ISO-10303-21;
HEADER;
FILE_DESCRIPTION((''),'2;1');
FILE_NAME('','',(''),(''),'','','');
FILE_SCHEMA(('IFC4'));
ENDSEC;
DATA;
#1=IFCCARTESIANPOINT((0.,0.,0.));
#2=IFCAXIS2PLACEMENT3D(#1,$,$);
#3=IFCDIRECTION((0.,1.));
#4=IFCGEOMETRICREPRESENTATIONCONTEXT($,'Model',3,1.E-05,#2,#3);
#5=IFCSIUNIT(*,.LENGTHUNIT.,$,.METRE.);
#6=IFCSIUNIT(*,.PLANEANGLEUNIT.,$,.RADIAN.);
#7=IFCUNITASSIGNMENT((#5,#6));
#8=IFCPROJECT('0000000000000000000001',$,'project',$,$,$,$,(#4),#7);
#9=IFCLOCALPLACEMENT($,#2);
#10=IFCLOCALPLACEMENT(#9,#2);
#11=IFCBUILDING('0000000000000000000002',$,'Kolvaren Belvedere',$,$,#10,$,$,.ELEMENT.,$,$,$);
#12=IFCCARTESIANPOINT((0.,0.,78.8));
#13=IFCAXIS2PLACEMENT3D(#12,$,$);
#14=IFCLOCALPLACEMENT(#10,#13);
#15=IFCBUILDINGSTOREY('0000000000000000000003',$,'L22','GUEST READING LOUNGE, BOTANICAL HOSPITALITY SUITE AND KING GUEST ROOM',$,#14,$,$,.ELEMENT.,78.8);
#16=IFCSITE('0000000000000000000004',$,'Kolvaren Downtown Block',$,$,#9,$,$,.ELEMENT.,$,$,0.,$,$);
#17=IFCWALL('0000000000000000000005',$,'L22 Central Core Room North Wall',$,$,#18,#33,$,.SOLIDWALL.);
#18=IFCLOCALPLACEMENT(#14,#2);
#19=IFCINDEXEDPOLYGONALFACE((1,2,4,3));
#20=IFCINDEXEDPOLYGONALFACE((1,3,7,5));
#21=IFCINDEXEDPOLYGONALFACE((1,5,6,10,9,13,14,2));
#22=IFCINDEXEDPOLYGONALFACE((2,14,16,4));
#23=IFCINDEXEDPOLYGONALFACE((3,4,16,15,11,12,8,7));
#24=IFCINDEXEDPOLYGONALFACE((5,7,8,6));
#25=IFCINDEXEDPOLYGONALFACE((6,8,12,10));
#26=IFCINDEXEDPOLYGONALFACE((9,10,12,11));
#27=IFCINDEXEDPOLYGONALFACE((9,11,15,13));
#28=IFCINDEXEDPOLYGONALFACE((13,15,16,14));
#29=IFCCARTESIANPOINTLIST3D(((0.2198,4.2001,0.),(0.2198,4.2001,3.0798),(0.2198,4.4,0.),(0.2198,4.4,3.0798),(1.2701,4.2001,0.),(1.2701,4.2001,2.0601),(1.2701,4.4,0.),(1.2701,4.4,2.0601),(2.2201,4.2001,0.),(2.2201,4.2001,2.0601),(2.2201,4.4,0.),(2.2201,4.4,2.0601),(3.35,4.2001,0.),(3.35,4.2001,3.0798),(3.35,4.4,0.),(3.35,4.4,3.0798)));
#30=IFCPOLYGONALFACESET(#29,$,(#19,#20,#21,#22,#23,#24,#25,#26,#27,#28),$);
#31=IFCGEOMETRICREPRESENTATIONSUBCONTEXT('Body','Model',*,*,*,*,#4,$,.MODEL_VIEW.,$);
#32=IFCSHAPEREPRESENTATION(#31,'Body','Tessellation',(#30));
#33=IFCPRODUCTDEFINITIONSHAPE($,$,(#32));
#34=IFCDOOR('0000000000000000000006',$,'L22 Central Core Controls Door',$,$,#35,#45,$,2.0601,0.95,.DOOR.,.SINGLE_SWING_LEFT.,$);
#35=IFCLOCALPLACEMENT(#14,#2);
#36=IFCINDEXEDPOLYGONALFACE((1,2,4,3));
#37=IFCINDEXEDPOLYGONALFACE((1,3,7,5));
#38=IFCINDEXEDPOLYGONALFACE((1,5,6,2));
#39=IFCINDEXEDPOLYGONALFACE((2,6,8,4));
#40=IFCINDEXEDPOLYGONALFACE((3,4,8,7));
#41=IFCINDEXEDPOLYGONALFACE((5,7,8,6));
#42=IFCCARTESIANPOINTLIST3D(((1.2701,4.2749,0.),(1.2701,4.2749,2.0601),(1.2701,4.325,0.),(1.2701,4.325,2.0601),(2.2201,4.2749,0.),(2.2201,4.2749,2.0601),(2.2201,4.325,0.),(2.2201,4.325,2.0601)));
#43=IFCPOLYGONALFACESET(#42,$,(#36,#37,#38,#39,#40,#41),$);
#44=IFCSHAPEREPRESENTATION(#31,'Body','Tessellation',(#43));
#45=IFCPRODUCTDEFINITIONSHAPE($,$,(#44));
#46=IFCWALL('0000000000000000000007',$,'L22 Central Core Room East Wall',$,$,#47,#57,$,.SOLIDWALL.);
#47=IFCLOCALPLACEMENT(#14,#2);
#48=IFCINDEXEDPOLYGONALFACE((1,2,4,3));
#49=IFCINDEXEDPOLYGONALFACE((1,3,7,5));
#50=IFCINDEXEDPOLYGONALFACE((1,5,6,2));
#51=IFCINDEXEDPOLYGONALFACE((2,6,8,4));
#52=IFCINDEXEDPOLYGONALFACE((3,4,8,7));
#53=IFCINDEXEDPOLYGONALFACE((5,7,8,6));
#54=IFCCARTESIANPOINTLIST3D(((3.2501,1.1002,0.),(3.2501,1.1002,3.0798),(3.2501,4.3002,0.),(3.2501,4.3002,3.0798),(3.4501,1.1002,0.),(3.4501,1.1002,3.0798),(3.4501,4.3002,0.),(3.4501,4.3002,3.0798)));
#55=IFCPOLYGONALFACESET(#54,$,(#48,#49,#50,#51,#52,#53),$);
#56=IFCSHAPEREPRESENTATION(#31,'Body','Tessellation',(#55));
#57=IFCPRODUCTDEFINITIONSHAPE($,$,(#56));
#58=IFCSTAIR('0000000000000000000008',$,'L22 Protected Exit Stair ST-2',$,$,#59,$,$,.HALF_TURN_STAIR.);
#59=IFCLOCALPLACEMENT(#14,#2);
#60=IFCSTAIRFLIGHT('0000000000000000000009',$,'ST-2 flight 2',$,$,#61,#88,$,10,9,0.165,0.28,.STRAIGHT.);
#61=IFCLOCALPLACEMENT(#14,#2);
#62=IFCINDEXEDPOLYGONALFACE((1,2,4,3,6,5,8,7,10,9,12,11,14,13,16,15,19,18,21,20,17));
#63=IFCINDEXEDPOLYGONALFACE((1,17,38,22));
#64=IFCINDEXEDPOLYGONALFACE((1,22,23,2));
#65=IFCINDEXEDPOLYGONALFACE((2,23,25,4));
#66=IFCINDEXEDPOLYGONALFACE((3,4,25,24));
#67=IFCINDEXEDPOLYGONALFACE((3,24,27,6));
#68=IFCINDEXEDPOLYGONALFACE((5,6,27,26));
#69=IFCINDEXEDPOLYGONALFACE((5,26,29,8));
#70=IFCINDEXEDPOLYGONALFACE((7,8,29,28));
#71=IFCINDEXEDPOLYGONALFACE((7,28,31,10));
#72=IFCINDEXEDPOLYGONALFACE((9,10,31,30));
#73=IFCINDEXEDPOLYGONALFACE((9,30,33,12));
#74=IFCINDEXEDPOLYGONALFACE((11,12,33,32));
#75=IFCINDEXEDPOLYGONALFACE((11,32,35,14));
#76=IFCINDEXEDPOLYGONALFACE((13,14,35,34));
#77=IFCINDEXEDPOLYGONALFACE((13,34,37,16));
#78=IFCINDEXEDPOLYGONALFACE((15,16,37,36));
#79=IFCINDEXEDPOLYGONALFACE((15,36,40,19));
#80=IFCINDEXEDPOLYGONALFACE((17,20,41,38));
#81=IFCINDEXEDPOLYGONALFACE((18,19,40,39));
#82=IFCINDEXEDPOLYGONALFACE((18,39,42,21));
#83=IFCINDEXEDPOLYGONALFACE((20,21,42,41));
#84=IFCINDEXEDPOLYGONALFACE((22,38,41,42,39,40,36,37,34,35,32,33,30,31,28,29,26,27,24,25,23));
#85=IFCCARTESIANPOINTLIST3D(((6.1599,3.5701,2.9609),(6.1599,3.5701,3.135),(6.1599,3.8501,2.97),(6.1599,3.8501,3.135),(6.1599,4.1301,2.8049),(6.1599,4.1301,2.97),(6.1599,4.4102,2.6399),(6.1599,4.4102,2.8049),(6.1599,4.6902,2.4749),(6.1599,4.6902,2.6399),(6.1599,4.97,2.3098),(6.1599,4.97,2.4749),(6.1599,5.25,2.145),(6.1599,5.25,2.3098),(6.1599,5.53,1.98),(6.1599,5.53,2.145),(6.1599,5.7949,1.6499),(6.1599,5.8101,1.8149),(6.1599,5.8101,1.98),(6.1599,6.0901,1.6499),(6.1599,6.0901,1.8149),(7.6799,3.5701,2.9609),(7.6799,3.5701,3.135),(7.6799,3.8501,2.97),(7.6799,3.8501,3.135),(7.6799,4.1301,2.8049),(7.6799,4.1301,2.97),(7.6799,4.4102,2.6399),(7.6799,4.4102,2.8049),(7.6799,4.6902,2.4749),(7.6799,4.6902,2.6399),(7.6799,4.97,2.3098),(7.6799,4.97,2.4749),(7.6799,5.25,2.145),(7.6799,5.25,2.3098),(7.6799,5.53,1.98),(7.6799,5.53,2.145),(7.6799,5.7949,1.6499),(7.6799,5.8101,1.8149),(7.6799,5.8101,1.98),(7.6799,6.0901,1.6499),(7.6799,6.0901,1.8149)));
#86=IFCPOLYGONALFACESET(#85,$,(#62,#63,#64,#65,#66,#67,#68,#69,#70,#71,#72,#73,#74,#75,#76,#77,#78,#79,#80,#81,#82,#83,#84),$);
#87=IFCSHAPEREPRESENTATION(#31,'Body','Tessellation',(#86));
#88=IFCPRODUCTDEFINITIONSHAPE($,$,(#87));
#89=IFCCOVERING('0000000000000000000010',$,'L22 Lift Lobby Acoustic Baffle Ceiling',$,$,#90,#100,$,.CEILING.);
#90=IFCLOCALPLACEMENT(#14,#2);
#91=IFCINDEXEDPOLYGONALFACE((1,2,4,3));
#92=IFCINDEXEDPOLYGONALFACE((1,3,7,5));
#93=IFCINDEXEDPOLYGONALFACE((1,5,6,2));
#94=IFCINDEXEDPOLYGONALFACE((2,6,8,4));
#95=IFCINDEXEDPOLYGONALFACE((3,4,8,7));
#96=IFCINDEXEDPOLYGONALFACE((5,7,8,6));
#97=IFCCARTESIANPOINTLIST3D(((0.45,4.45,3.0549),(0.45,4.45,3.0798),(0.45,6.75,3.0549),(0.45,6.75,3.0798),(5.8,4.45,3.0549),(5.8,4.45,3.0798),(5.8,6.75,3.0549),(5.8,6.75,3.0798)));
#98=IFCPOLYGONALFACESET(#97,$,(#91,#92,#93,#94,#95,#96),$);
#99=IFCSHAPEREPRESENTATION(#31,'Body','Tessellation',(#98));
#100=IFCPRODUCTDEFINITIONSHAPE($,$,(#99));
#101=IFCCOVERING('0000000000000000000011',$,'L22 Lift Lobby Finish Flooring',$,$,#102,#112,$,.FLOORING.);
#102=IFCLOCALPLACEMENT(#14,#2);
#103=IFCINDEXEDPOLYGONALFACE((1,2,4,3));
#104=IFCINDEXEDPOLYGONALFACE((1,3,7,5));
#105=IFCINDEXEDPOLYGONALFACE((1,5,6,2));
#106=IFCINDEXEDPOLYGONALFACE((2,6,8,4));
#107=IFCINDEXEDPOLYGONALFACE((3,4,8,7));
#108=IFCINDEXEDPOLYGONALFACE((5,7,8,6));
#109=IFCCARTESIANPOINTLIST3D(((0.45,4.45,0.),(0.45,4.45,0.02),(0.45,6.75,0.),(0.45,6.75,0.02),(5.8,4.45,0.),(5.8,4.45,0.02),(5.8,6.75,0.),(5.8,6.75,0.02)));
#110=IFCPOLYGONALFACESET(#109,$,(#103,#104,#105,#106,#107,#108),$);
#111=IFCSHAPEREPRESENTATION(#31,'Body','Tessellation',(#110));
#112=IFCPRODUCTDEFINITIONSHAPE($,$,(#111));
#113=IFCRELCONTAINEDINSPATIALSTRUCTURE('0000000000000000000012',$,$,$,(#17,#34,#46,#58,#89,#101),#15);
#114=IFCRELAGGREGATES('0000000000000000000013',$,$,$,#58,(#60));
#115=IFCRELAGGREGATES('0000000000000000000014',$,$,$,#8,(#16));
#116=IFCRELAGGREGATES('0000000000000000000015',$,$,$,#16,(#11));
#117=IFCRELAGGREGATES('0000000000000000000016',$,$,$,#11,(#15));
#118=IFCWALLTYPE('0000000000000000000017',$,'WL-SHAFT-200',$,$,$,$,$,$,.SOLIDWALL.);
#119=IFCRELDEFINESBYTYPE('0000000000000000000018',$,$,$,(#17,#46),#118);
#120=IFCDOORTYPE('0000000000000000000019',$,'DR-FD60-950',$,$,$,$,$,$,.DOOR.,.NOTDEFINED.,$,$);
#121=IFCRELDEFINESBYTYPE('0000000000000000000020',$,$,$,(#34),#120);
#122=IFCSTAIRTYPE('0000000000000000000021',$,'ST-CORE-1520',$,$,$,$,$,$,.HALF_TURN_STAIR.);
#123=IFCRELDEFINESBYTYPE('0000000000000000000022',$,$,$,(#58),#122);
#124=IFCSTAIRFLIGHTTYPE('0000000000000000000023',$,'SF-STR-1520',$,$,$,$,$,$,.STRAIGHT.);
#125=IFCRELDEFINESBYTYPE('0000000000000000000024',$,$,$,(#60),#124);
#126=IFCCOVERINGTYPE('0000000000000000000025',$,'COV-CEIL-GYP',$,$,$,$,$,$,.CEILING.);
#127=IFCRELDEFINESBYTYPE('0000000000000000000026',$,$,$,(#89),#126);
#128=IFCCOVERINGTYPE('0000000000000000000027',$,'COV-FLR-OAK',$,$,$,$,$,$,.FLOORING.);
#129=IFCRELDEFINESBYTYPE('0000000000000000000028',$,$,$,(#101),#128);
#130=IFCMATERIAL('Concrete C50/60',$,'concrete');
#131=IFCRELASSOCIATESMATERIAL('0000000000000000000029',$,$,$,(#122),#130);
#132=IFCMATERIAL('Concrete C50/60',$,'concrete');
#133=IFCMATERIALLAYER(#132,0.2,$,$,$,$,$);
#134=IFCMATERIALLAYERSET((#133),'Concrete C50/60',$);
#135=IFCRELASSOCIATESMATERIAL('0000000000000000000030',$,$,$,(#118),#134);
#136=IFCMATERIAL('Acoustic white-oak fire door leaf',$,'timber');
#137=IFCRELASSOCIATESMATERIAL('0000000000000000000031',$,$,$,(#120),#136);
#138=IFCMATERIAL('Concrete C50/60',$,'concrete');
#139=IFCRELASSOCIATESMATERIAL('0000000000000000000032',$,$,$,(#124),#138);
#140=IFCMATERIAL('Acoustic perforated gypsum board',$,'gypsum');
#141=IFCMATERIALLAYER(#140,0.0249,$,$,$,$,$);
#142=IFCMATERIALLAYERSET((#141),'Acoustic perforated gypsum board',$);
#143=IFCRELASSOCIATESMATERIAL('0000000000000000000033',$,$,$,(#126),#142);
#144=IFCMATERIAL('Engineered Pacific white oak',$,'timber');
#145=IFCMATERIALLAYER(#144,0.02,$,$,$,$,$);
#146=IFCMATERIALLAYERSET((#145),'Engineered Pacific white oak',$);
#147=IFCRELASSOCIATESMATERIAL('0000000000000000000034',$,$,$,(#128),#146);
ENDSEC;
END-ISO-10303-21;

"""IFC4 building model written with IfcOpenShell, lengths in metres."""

from ifc_helpers import new_model, si_unit, direction, frame, frame_2d, origin, place, context, subcontext, project, spatial, polyline, rectangle, outline, extrude, material, layer, layer_set, type_object, element, fill, aggregate, save


model = new_model("IFC4")

# Units and contexts
model_context = context("Model", 3, precision=1e-05, world=origin(), true_north=direction((0.0, 1.0)))
body_context = subcontext(model_context, "Body", "Model", "MODEL_VIEW")
ifc_project = project(units=[si_unit("LENGTHUNIT", "METRE"), si_unit("PLANEANGLEUNIT", "RADIAN")], contexts=[model_context])

# Site, building, storey
site_placement = place(None, origin())
site = spatial("IfcSite", under=ifc_project, at=site_placement, Name="Kolvaren Downtown Block", CompositionType="ELEMENT", RefElevation=0.0)
building_placement = place(site_placement, origin())
building = spatial("IfcBuilding", under=site, at=building_placement, Name="Kolvaren Belvedere", CompositionType="ELEMENT")
storey_placement = place(building_placement, frame((0.0, 0.0, 78.8)))
storey = spatial("IfcBuildingStorey", under=building, at=storey_placement, Name="L22", Description="GUEST READING LOUNGE, BOTANICAL HOSPITALITY SUITE AND KING GUEST ROOM", CompositionType="ELEMENT", Elevation=78.8)

# Shared definitions
ifc_material_1 = material(Name="Concrete C50/60", Category="concrete")
stair_type = type_object("IfcStairType", Name="ST-CORE-1520", PredefinedType="HALF_TURN_STAIR", material=ifc_material_1)

# Shared definitions
ifc_material_2 = material(Name="Concrete C50/60", Category="concrete")
ifc_layer_1 = layer(ifc_material_2, 0.2)
ifc_layer_set_1 = layer_set([ifc_layer_1], Name="Concrete C50/60")
wall_type_1 = type_object("IfcWallType", Name="WL-SHAFT-200", PredefinedType="SOLIDWALL", material=ifc_layer_set_1)

# Wall, opening, door
wall_1_placement = place(storey_placement, frame((0.22, 4.3, 0.0), z_axis=(0.0, 0.0, 1.0), x_axis=(1.0, 0.0, 0.0)))
wall_1 = element("IfcWall", 1, at=wall_1_placement, inside=storey, type_object=wall_type_1, Name="L22 Central Core Room North Wall", PredefinedType="SOLIDWALL", context=body_context, shape_type="SweptSolid", body=[
    extrude(rectangle(XDim=3.1301, YDim=0.2, at=frame_2d((1.5649, 0.0))), origin(), (0.0, 0.0, 1.0), 3.0798),
])
opening_1_placement = place(wall_1_placement, frame((1.05, 0.0, 0.0)))
opening_1 = element("IfcOpeningElement", 2, at=opening_1_placement, cuts=wall_1, PredefinedType="OPENING", context=body_context, shape_type="SweptSolid", body=[
    extrude(rectangle(XDim=0.95, YDim=2.0601, at=frame_2d((0.4751, 1.03))), frame((0.0, 0.1099, 0.0), z_axis=(0.0, -1.0, 0.0), x_axis=(1.0, 0.0, 0.0)), (0.0, 0.0, 1.0), 0.22),
])
ifc_material_3 = material(Name="Acoustic white-oak fire door leaf", Category="timber")
door_type_1 = type_object("IfcDoorType", Name="DR-FD60-950", OperationType="NOTDEFINED", PredefinedType="DOOR", material=ifc_material_3)
door_1_placement = place(opening_1_placement, origin())
door_1 = element("IfcDoor", 3, at=door_1_placement, inside=storey, type_object=door_type_1, Name="L22 Central Core Controls Door", OperationType="SINGLE_SWING_LEFT", OverallHeight=2.0601, OverallWidth=0.95, PredefinedType="DOOR", context=body_context, shape_type="SweptSolid", body=[
    extrude(rectangle(XDim=0.95, YDim=2.0601, at=frame_2d((0.4751, 1.03))), frame((0.0, 0.0249, 0.0), z_axis=(0.0, -1.0, 0.0), x_axis=(1.0, 0.0, 0.0)), (0.0, 0.0, 1.0), 0.05),
])
fill(opening_1, door_1)

# Wall
wall_2_placement = place(storey_placement, frame((3.3501, 1.1001, 0.0), z_axis=(0.0, 0.0, 1.0), x_axis=(0.0, 1.0, 0.0)))
element("IfcWall", 4, at=wall_2_placement, inside=storey, type_object=wall_type_1, Name="L22 Central Core Room East Wall", PredefinedType="SOLIDWALL", context=body_context, shape_type="SweptSolid", body=[
    extrude(rectangle(XDim=3.2, YDim=0.2, at=frame_2d((1.6001, 0.0))), origin(), (0.0, 0.0, 1.0), 3.0798),
])

# Stair, stair flight
stair_1_placement = place(storey_placement, origin())
stair_1 = element("IfcStair", 5, at=stair_1_placement, inside=storey, type_object=stair_type, Name="L22 Protected Exit Stair ST-2", PredefinedType="HALF_TURN_STAIR")
ifc_material_4 = material(Name="Concrete C50/60", Category="concrete")
stair_flight_type = type_object("IfcStairFlightType", Name="SF-STR-1520", PredefinedType="STRAIGHT", material=ifc_material_4)
stair_flight_placement = place(storey_placement, frame((6.9199, 6.0901, 1.6499), z_axis=(0.0, 0.0, 1.0), x_axis=(0.0, -1.0, 0.0)))
stair_flight = element("IfcStairFlight", 6, at=stair_flight_placement, type_object=stair_flight_type, Name="ST-2 flight 2", NumberOfRisers=10, NumberOfTreads=9, PredefinedType="STRAIGHT", RiserHeight=0.165, TreadLength=0.28, context=body_context, shape_type="SweptSolid", body=[
    extrude(outline(polyline([(0.0, 0.0), (0.0, 0.165), (0.28, 0.165), (0.28, 0.3301), (0.5601, 0.3301), (0.5601, 0.4951), (0.8401, 0.4951), (0.8401, 0.6599), (1.1201, 0.6599), (1.1201, 0.825), (1.3999, 0.825), (1.3999, 0.99), (1.6799, 0.99), (1.6799, 1.155), (1.96, 1.155), (1.96, 1.3201), (2.24, 1.3201), (2.24, 1.4851), (2.52, 1.4851), (2.52, 1.6499), (2.52, 1.311), (0.2952, 0.0), (0.0, 0.0)])), frame((0.0, 0.76, 0.0), z_axis=(0.0, -1.0, 0.0), x_axis=(1.0, 0.0, 0.0)), (0.0, 0.0, 1.0), 1.52),
])
aggregate(stair_1, [stair_flight])

# Coverings
ifc_material_5 = material(Name="Acoustic perforated gypsum board", Category="gypsum")
ifc_layer_2 = layer(ifc_material_5, 0.0249)
ifc_layer_set_2 = layer_set([ifc_layer_2], Name="Acoustic perforated gypsum board")
covering_type_1 = type_object("IfcCoveringType", Name="COV-CEIL-GYP", PredefinedType="CEILING", material=ifc_layer_set_2)
covering_1_placement = place(storey_placement, frame((0.0, 0.0, 3.0549)))
element("IfcCovering", 7, at=covering_1_placement, inside=storey, type_object=covering_type_1, Name="L22 Lift Lobby Acoustic Baffle Ceiling", PredefinedType="CEILING", context=body_context, shape_type="SweptSolid", body=[
    extrude(outline(polyline([(0.45, 4.45), (5.8, 4.45), (5.8, 6.75), (0.45, 6.75), (0.45, 4.45)])), origin(), (0.0, 0.0, 1.0), 0.0249),
])
ifc_material_6 = material(Name="Engineered Pacific white oak", Category="timber")
ifc_layer_3 = layer(ifc_material_6, 0.02)
ifc_layer_set_3 = layer_set([ifc_layer_3], Name="Engineered Pacific white oak")
covering_type_2 = type_object("IfcCoveringType", Name="COV-FLR-OAK", PredefinedType="FLOORING", material=ifc_layer_set_3)
covering_2_placement = place(storey_placement, origin())
element("IfcCovering", 8, at=covering_2_placement, inside=storey, type_object=covering_type_2, Name="L22 Lift Lobby Finish Flooring", PredefinedType="FLOORING", context=body_context, shape_type="SweptSolid", body=[
    extrude(outline(polyline([(0.45, 4.45), (5.8, 4.45), (5.8, 6.75), (0.45, 6.75), (0.45, 4.45)])), origin(), (0.0, 0.0, 1.0), 0.02),
])

save(model, "model.ifc")
